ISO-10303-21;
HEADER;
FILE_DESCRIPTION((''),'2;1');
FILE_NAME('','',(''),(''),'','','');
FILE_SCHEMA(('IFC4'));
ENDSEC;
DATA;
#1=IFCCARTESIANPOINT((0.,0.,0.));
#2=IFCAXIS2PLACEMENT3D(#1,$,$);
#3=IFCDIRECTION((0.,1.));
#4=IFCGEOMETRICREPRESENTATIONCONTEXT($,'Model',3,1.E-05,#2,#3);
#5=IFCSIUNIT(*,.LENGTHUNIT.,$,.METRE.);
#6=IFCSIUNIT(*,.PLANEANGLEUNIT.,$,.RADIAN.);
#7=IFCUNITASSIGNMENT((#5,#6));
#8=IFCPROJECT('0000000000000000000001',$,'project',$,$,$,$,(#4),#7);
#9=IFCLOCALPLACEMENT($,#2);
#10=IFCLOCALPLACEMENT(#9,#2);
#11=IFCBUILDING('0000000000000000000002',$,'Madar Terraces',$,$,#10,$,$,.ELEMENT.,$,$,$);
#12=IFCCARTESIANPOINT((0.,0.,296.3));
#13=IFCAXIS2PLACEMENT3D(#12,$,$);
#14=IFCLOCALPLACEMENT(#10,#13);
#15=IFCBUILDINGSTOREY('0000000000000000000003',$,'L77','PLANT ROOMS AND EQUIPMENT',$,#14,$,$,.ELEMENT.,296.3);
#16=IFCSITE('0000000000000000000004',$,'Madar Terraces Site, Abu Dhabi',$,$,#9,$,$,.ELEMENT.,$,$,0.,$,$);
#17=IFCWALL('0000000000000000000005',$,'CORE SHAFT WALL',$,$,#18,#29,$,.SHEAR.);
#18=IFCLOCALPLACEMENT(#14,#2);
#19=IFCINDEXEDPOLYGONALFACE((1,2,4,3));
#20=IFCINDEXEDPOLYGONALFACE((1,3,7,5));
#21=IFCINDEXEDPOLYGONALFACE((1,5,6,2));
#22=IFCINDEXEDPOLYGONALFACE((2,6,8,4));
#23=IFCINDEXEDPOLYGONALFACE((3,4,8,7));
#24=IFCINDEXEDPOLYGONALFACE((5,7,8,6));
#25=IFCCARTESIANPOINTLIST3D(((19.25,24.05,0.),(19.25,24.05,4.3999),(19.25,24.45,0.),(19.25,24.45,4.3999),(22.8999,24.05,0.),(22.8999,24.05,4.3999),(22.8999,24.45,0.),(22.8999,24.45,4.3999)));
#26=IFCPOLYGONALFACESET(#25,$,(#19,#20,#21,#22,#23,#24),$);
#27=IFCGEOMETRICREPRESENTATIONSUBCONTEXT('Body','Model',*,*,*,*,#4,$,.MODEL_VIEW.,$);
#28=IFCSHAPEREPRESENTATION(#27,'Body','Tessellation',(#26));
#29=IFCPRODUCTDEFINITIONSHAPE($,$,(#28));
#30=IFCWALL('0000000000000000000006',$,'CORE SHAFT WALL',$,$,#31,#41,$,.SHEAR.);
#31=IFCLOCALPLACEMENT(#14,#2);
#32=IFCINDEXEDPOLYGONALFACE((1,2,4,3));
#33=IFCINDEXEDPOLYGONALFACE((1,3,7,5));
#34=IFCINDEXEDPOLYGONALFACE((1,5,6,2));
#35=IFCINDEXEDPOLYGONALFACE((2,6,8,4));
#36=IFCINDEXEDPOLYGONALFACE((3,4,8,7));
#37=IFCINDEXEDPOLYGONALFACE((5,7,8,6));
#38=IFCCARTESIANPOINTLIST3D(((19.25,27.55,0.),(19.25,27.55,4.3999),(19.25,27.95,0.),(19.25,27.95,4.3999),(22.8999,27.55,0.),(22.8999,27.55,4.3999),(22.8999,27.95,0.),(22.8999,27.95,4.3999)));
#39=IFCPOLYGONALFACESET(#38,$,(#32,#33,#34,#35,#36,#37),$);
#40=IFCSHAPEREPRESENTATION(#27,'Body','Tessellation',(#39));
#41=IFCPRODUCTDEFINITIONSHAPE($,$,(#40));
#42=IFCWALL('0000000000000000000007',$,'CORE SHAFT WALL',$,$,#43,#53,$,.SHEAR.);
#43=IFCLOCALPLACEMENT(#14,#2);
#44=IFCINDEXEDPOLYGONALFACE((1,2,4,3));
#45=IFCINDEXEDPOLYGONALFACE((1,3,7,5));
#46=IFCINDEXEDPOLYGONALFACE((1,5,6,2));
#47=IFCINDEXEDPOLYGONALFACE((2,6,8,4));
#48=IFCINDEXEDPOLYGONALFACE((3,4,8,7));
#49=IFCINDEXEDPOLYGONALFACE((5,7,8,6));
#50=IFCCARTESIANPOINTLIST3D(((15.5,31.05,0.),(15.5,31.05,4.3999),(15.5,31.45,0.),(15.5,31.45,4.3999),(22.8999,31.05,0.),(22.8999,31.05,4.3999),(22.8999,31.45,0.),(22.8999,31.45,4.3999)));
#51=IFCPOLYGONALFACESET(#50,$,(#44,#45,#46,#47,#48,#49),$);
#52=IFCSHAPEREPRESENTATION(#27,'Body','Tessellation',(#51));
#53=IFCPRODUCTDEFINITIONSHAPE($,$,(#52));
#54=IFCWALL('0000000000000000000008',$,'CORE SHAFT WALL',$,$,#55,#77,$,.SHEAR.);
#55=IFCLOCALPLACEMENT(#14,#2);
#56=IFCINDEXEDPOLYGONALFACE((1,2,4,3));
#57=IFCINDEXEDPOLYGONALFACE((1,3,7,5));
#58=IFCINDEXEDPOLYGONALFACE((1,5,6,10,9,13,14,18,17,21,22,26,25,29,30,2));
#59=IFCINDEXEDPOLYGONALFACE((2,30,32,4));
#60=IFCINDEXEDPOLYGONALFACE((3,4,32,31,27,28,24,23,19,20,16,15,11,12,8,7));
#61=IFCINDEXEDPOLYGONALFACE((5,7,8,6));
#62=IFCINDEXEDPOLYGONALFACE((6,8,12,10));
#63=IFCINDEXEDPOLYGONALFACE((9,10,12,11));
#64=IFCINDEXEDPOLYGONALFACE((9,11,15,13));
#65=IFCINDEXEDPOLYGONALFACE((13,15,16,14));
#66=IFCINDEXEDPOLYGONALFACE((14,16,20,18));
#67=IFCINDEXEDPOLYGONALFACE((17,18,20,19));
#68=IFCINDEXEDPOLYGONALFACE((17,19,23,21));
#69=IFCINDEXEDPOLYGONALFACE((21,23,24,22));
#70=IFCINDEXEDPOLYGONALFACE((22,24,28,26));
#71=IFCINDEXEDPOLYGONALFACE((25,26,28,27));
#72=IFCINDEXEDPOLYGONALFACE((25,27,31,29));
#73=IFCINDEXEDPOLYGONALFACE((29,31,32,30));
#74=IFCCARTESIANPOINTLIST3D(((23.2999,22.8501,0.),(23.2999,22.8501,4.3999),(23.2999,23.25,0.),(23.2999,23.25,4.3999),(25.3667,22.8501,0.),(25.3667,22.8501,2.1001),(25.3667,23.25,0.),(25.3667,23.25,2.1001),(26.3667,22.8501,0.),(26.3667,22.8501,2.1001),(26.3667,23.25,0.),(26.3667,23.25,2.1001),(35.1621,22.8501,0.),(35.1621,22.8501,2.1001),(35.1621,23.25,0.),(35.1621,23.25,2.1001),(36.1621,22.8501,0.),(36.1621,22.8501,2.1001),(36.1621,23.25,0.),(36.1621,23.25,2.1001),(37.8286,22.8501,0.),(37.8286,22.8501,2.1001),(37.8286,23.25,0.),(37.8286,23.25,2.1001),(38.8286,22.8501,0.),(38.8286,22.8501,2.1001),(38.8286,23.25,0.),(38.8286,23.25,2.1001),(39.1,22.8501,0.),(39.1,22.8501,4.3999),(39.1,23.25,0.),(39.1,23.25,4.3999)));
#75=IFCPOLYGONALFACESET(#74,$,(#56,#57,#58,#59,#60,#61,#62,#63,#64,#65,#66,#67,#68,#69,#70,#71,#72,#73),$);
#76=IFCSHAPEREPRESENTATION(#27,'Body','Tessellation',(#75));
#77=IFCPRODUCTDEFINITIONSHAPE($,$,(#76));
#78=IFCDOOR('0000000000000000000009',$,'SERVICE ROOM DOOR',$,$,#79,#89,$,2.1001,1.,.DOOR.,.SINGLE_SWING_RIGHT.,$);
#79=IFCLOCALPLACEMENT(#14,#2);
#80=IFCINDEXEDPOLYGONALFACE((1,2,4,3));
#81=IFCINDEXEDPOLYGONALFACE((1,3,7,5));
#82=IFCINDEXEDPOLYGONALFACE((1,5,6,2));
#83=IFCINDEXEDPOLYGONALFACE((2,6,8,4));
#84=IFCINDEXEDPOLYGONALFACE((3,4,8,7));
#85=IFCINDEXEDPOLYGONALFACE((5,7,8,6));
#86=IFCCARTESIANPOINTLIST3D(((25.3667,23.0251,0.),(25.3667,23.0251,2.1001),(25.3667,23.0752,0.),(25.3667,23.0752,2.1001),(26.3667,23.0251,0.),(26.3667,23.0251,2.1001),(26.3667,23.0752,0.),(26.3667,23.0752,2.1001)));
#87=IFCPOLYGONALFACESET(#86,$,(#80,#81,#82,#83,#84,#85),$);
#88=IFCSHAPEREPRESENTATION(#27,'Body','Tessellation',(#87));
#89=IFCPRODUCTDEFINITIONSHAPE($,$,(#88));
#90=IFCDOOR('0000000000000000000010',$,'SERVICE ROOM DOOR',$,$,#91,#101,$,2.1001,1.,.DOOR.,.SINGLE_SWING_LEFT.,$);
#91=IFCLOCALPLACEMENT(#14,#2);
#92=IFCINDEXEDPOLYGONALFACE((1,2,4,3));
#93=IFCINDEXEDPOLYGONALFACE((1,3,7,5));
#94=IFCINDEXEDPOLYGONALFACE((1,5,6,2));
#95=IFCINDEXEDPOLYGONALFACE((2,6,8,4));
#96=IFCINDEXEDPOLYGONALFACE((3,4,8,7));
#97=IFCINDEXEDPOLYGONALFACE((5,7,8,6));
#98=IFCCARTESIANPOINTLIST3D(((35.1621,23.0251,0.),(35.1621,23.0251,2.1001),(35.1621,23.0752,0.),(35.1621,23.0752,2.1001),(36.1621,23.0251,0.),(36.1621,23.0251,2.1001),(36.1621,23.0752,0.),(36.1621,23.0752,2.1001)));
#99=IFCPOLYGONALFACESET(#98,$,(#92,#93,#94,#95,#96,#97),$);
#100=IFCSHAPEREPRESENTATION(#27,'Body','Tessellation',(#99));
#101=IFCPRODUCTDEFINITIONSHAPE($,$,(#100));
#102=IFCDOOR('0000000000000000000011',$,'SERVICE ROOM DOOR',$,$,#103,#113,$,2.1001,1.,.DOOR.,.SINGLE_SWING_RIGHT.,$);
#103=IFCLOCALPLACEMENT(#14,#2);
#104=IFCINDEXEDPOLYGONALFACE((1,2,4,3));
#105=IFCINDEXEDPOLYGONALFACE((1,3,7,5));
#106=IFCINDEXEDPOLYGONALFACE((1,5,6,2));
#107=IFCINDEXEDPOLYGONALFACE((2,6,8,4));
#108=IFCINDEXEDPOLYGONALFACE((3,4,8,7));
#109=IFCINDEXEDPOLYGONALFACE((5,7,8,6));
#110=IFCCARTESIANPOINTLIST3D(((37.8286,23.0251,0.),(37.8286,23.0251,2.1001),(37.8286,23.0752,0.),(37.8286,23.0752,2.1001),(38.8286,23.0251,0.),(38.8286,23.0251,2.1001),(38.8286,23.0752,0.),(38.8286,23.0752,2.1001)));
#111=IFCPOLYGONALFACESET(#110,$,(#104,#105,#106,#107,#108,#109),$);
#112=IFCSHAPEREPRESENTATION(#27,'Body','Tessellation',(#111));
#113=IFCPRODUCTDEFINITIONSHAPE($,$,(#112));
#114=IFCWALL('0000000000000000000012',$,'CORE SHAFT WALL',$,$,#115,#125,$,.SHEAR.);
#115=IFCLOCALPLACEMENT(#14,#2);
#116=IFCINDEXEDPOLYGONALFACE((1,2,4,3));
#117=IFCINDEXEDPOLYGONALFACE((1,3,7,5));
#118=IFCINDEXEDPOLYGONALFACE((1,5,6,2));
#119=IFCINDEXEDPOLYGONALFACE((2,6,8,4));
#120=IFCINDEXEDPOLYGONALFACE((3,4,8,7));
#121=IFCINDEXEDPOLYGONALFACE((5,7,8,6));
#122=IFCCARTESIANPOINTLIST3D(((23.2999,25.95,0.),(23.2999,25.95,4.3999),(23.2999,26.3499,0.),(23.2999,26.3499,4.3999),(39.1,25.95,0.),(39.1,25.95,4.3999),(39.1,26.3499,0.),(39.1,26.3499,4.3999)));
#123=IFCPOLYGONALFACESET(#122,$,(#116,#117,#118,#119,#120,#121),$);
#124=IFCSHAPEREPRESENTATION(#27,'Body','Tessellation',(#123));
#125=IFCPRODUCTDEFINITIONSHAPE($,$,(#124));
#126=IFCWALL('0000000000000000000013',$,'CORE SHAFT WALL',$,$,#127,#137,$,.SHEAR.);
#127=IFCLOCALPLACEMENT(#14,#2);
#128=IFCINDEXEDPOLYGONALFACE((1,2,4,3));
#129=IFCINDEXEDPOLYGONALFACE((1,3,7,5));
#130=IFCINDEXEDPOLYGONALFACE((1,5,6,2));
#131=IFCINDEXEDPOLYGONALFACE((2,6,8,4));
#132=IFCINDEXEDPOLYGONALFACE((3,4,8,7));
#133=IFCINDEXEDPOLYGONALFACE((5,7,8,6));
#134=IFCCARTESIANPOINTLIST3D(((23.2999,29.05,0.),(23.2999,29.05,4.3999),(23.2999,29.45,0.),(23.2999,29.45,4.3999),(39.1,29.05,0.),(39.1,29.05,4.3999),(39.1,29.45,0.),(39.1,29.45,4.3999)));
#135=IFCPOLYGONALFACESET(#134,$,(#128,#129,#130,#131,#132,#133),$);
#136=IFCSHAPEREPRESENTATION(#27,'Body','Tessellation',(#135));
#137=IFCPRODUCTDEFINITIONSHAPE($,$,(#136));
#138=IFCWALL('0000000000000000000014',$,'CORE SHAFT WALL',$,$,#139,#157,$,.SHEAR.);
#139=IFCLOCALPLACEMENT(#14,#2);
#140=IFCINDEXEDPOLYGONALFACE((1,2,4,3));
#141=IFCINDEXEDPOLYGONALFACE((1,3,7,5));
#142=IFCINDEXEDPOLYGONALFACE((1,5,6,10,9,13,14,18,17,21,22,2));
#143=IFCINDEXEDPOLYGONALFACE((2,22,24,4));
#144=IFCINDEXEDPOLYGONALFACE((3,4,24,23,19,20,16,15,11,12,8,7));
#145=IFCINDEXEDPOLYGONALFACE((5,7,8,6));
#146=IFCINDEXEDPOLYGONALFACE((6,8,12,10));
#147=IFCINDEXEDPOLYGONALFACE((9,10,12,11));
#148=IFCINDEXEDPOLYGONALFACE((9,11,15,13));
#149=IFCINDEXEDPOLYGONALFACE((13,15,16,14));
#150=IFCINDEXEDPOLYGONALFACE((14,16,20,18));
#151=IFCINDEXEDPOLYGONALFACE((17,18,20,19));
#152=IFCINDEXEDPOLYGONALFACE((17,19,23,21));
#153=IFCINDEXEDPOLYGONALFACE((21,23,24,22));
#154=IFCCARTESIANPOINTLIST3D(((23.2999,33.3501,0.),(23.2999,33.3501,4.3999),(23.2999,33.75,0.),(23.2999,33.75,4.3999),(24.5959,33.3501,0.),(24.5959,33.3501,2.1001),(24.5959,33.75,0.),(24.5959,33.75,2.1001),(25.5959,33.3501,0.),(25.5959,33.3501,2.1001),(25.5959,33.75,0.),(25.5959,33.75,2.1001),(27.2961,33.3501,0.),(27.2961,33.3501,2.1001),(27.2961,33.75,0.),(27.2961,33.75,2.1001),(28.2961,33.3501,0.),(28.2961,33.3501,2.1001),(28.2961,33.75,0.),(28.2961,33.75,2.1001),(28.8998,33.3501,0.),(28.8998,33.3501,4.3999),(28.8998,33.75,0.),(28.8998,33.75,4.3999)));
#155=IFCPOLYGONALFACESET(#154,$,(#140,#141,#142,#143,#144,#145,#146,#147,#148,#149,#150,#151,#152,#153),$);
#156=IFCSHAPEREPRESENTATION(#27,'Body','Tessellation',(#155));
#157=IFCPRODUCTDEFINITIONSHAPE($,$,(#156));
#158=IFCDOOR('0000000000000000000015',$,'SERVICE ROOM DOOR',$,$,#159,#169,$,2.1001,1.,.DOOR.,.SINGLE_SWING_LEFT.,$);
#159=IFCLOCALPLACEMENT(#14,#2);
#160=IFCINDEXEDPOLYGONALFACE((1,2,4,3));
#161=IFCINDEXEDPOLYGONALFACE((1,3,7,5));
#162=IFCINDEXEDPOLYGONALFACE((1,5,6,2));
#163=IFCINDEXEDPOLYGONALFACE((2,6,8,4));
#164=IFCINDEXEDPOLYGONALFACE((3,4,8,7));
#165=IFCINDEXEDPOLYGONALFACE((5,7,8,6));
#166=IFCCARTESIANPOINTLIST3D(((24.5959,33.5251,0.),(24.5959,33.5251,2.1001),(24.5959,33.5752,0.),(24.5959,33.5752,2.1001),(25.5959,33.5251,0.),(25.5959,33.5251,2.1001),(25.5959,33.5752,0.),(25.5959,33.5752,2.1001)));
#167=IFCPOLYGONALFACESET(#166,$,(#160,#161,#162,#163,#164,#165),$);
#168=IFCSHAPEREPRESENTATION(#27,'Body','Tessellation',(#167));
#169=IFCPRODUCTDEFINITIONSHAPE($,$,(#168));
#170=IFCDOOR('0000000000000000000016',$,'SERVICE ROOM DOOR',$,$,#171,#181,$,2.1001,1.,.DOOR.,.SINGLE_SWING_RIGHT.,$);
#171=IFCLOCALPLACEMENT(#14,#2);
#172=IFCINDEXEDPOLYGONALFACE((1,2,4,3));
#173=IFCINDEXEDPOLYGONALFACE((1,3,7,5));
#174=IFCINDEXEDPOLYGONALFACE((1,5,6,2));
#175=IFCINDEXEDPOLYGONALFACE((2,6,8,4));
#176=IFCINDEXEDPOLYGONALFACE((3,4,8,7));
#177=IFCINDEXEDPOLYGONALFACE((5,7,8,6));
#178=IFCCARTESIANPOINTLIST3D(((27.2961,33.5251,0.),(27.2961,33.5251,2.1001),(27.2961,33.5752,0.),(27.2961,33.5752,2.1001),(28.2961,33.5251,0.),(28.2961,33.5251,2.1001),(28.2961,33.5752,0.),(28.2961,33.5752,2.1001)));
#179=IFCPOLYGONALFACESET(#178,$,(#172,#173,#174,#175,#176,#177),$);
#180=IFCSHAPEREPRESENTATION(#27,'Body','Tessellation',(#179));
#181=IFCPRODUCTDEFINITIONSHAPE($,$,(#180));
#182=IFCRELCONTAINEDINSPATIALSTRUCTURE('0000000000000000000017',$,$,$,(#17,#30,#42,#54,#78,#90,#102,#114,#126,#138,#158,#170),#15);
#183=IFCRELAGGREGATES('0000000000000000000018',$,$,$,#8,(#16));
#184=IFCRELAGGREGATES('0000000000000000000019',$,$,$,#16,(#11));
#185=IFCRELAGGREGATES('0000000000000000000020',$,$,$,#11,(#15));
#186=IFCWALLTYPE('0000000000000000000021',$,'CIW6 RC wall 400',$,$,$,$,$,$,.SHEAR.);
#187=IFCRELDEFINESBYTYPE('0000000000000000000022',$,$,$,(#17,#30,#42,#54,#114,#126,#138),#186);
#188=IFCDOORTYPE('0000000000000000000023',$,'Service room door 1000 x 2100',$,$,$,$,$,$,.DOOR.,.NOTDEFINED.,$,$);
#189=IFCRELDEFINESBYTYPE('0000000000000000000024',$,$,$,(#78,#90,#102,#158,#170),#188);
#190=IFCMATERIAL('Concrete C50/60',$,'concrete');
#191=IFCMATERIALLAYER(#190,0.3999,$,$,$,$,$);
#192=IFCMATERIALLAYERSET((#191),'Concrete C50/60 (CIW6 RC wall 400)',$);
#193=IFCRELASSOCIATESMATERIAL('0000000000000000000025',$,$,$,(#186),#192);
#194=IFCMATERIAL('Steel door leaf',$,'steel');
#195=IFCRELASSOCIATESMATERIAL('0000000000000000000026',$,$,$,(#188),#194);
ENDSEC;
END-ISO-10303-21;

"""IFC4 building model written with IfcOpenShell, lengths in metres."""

from ifc_helpers import new_model, si_unit, direction, frame, frame_2d, origin, place, context, subcontext, project, spatial, rectangle, extrude, material, layer, layer_set, type_object, element, fill, save


model = new_model("IFC4")

# Units and contexts
model_context = context("Model", 3, precision=1e-05, world=origin(), true_north=direction((0.0, 1.0)))
body_context = subcontext(model_context, "Body", "Model", "MODEL_VIEW")
ifc_project = project(units=[si_unit("LENGTHUNIT", "METRE"), si_unit("PLANEANGLEUNIT", "RADIAN")], contexts=[model_context])

# Site, building, storey
site_placement = place(None, origin())
site = spatial("IfcSite", under=ifc_project, at=site_placement, Name="Madar Terraces Site, Abu Dhabi", CompositionType="ELEMENT", RefElevation=0.0)
building_placement = place(site_placement, origin())
building = spatial("IfcBuilding", under=site, at=building_placement, Name="Madar Terraces", CompositionType="ELEMENT")
storey_placement = place(building_placement, frame((0.0, 0.0, 296.3)))
storey = spatial("IfcBuildingStorey", under=building, at=storey_placement, Name="L77", Description="PLANT ROOMS AND EQUIPMENT", CompositionType="ELEMENT", Elevation=296.3)

# Walls
ifc_material_1 = material(Name="Concrete C50/60", Category="concrete")
ifc_layer_1 = layer(ifc_material_1, 0.3999)
ifc_layer_set_1 = layer_set([ifc_layer_1], Name="Concrete C50/60 (CIW6 RC wall 400)")
wall_type_1 = type_object("IfcWallType", Name="CIW6 RC wall 400", PredefinedType="SHEAR", material=ifc_layer_set_1)
for number, where, z_axis, x_axis, name in (
    (1, (19.25, 24.25, 0.0), (0.0, 0.0, 1.0), (1.0, 0.0, 0.0), "CORE SHAFT WALL"),
    (2, (19.25, 27.75, 0.0), (0.0, 0.0, 1.0), (1.0, 0.0, 0.0), "CORE SHAFT WALL"),
):
    element("IfcWall", number, at=place(storey_placement, frame(where, z_axis=z_axis, x_axis=x_axis)), inside=storey, type_object=wall_type_1, Name=name, PredefinedType="SHEAR", context=body_context, shape_type="SweptSolid", body=[
        extrude(rectangle(XDim=3.6499, YDim=0.3999, at=frame_2d((1.825, 0.0))), origin(), (0.0, 0.0, 1.0), 4.3999),
    ])
wall_1_placement = place(storey_placement, frame((15.5, 31.25, 0.0), z_axis=(0.0, 0.0, 1.0), x_axis=(1.0, 0.0, 0.0)))
element("IfcWall", 3, at=wall_1_placement, inside=storey, type_object=wall_type_1, Name="CORE SHAFT WALL", PredefinedType="SHEAR", context=body_context, shape_type="SweptSolid", body=[
    extrude(rectangle(XDim=7.3999, YDim=0.3999, at=frame_2d((3.7, 0.0))), origin(), (0.0, 0.0, 1.0), 4.3999),
])

# Wall, openings, doors
wall_2_placement = place(storey_placement, frame((23.3, 23.05, 0.0), z_axis=(0.0, 0.0, 1.0), x_axis=(1.0, 0.0, 0.0)))
wall_2 = element("IfcWall", 4, at=wall_2_placement, inside=storey, type_object=wall_type_1, Name="CORE SHAFT WALL", PredefinedType="SHEAR", context=body_context, shape_type="SweptSolid", body=[
    extrude(rectangle(XDim=15.8, YDim=0.3999, at=frame_2d((7.8999, 0.0))), origin(), (0.0, 0.0, 1.0), 4.3999),
])
opening_1_placement = place(wall_2_placement, frame((2.0667, 0.0, 0.0)))
opening_1 = element("IfcOpeningElement", 5, at=opening_1_placement, cuts=wall_2, PredefinedType="OPENING", context=body_context, shape_type="SweptSolid", body=[
    extrude(rectangle(XDim=1.0, YDim=2.1001, at=frame_2d((0.5, 1.05))), frame((0.0, 0.21, 0.0), z_axis=(0.0, -1.0, 0.0), x_axis=(1.0, 0.0, 0.0)), (0.0, 0.0, 1.0), 0.4199),
])
opening_2_placement = place(wall_2_placement, frame((11.8621, 0.0, 0.0)))
opening_2 = element("IfcOpeningElement", 6, at=opening_2_placement, cuts=wall_2, PredefinedType="OPENING", context=body_context, shape_type="SweptSolid", body=[
    extrude(rectangle(XDim=1.0, YDim=2.1001, at=frame_2d((0.5, 1.05))), frame((0.0, 0.21, 0.0), z_axis=(0.0, -1.0, 0.0), x_axis=(1.0, 0.0, 0.0)), (0.0, 0.0, 1.0), 0.4199),
])
opening_3_placement = place(wall_2_placement, frame((14.5286, 0.0, 0.0)))
opening_3 = element("IfcOpeningElement", 7, at=opening_3_placement, cuts=wall_2, PredefinedType="OPENING", context=body_context, shape_type="SweptSolid", body=[
    extrude(rectangle(XDim=1.0, YDim=2.1001, at=frame_2d((0.5, 1.05))), frame((0.0, 0.21, 0.0), z_axis=(0.0, -1.0, 0.0), x_axis=(1.0, 0.0, 0.0)), (0.0, 0.0, 1.0), 0.4199),
])
ifc_material_2 = material(Name="Steel door leaf", Category="steel")
door_type = type_object("IfcDoorType", Name="Service room door 1000 x 2100", OperationType="NOTDEFINED", PredefinedType="DOOR", material=ifc_material_2)
door_1_placement = place(opening_1_placement, frame((1.0, 0.0, 0.0), z_axis=(0.0, 0.0, 1.0), x_axis=(-1.0, 0.0, 0.0)))
door_1 = element("IfcDoor", 8, at=door_1_placement, inside=storey, type_object=door_type, Name="SERVICE ROOM DOOR", OperationType="SINGLE_SWING_RIGHT", OverallHeight=2.1001, OverallWidth=1.0, PredefinedType="DOOR", context=body_context, shape_type="SweptSolid", body=[
    extrude(rectangle(XDim=1.0, YDim=2.1001, at=frame_2d((0.5, 1.05))), frame((0.0, 0.0249, 0.0), z_axis=(0.0, -1.0, 0.0), x_axis=(1.0, 0.0, 0.0)), (0.0, 0.0, 1.0), 0.05),
])
fill(opening_1, door_1)
door_2_placement = place(opening_2_placement, frame((1.0, 0.0, 0.0), z_axis=(0.0, 0.0, 1.0), x_axis=(-1.0, 0.0, 0.0)))
door_2 = element("IfcDoor", 9, at=door_2_placement, inside=storey, type_object=door_type, Name="SERVICE ROOM DOOR", OperationType="SINGLE_SWING_LEFT", OverallHeight=2.1001, OverallWidth=1.0, PredefinedType="DOOR", context=body_context, shape_type="SweptSolid", body=[
    extrude(rectangle(XDim=1.0, YDim=2.1001, at=frame_2d((0.5, 1.05))), frame((0.0, 0.0249, 0.0), z_axis=(0.0, -1.0, 0.0), x_axis=(1.0, 0.0, 0.0)), (0.0, 0.0, 1.0), 0.05),
])
fill(opening_2, door_2)
door_3_placement = place(opening_3_placement, frame((1.0, 0.0, 0.0), z_axis=(0.0, 0.0, 1.0), x_axis=(-1.0, 0.0, 0.0)))
door_3 = element("IfcDoor", 10, at=door_3_placement, inside=storey, type_object=door_type, Name="SERVICE ROOM DOOR", OperationType="SINGLE_SWING_RIGHT", OverallHeight=2.1001, OverallWidth=1.0, PredefinedType="DOOR", context=body_context, shape_type="SweptSolid", body=[
    extrude(rectangle(XDim=1.0, YDim=2.1001, at=frame_2d((0.5, 1.05))), frame((0.0, 0.0249, 0.0), z_axis=(0.0, -1.0, 0.0), x_axis=(1.0, 0.0, 0.0)), (0.0, 0.0, 1.0), 0.05),
])
fill(opening_3, door_3)

# Walls
for number, where, z_axis, x_axis, name in (
    (11, (23.3, 26.1499, 0.0), (0.0, 0.0, 1.0), (1.0, 0.0, 0.0), "CORE SHAFT WALL"),
    (12, (23.3, 29.25, 0.0), (0.0, 0.0, 1.0), (1.0, 0.0, 0.0), "CORE SHAFT WALL"),
):
    element("IfcWall", number, at=place(storey_placement, frame(where, z_axis=z_axis, x_axis=x_axis)), inside=storey, type_object=wall_type_1, Name=name, PredefinedType="SHEAR", context=body_context, shape_type="SweptSolid", body=[
        extrude(rectangle(XDim=15.8, YDim=0.3999, at=frame_2d((7.8999, 0.0))), origin(), (0.0, 0.0, 1.0), 4.3999),
    ])

# Wall, openings, doors
wall_3_placement = place(storey_placement, frame((23.3, 33.55, 0.0), z_axis=(0.0, 0.0, 1.0), x_axis=(1.0, 0.0, 0.0)))
wall_3 = element("IfcWall", 13, at=wall_3_placement, inside=storey, type_object=wall_type_1, Name="CORE SHAFT WALL", PredefinedType="SHEAR", context=body_context, shape_type="SweptSolid", body=[
    extrude(rectangle(XDim=5.5999, YDim=0.3999, at=frame_2d((2.7998, 0.0))), origin(), (0.0, 0.0, 1.0), 4.3999),
])
opening_4_placement = place(wall_3_placement, frame((1.2959, 0.0, 0.0)))
opening_4 = element("IfcOpeningElement", 14, at=opening_4_placement, cuts=wall_3, PredefinedType="OPENING", context=body_context, shape_type="SweptSolid", body=[
    extrude(rectangle(XDim=1.0, YDim=2.1001, at=frame_2d((0.5, 1.05))), frame((0.0, 0.21, 0.0), z_axis=(0.0, -1.0, 0.0), x_axis=(1.0, 0.0, 0.0)), (0.0, 0.0, 1.0), 0.4199),
])
opening_5_placement = place(wall_3_placement, frame((3.9961, 0.0, 0.0)))
opening_5 = element("IfcOpeningElement", 15, at=opening_5_placement, cuts=wall_3, PredefinedType="OPENING", context=body_context, shape_type="SweptSolid", body=[
    extrude(rectangle(XDim=1.0, YDim=2.1001, at=frame_2d((0.5, 1.05))), frame((0.0, 0.21, 0.0), z_axis=(0.0, -1.0, 0.0), x_axis=(1.0, 0.0, 0.0)), (0.0, 0.0, 1.0), 0.4199),
])
door_4_placement = place(opening_4_placement, frame((1.0, 0.0, 0.0), z_axis=(0.0, 0.0, 1.0), x_axis=(-1.0, 0.0, 0.0)))
door_4 = element("IfcDoor", 16, at=door_4_placement, inside=storey, type_object=door_type, Name="SERVICE ROOM DOOR", OperationType="SINGLE_SWING_LEFT", OverallHeight=2.1001, OverallWidth=1.0, PredefinedType="DOOR", context=body_context, shape_type="SweptSolid", body=[
    extrude(rectangle(XDim=1.0, YDim=2.1001, at=frame_2d((0.5, 1.05))), frame((0.0, 0.0249, 0.0), z_axis=(0.0, -1.0, 0.0), x_axis=(1.0, 0.0, 0.0)), (0.0, 0.0, 1.0), 0.05),
])
fill(opening_4, door_4)
door_5_placement = place(opening_5_placement, frame((1.0, 0.0, 0.0), z_axis=(0.0, 0.0, 1.0), x_axis=(-1.0, 0.0, 0.0)))
door_5 = element("IfcDoor", 17, at=door_5_placement, inside=storey, type_object=door_type, Name="SERVICE ROOM DOOR", OperationType="SINGLE_SWING_RIGHT", OverallHeight=2.1001, OverallWidth=1.0, PredefinedType="DOOR", context=body_context, shape_type="SweptSolid", body=[
    extrude(rectangle(XDim=1.0, YDim=2.1001, at=frame_2d((0.5, 1.05))), frame((0.0, 0.0249, 0.0), z_axis=(0.0, -1.0, 0.0), x_axis=(1.0, 0.0, 0.0)), (0.0, 0.0, 1.0), 0.05),
])
fill(opening_5, door_5)

save(model, "model.ifc")
